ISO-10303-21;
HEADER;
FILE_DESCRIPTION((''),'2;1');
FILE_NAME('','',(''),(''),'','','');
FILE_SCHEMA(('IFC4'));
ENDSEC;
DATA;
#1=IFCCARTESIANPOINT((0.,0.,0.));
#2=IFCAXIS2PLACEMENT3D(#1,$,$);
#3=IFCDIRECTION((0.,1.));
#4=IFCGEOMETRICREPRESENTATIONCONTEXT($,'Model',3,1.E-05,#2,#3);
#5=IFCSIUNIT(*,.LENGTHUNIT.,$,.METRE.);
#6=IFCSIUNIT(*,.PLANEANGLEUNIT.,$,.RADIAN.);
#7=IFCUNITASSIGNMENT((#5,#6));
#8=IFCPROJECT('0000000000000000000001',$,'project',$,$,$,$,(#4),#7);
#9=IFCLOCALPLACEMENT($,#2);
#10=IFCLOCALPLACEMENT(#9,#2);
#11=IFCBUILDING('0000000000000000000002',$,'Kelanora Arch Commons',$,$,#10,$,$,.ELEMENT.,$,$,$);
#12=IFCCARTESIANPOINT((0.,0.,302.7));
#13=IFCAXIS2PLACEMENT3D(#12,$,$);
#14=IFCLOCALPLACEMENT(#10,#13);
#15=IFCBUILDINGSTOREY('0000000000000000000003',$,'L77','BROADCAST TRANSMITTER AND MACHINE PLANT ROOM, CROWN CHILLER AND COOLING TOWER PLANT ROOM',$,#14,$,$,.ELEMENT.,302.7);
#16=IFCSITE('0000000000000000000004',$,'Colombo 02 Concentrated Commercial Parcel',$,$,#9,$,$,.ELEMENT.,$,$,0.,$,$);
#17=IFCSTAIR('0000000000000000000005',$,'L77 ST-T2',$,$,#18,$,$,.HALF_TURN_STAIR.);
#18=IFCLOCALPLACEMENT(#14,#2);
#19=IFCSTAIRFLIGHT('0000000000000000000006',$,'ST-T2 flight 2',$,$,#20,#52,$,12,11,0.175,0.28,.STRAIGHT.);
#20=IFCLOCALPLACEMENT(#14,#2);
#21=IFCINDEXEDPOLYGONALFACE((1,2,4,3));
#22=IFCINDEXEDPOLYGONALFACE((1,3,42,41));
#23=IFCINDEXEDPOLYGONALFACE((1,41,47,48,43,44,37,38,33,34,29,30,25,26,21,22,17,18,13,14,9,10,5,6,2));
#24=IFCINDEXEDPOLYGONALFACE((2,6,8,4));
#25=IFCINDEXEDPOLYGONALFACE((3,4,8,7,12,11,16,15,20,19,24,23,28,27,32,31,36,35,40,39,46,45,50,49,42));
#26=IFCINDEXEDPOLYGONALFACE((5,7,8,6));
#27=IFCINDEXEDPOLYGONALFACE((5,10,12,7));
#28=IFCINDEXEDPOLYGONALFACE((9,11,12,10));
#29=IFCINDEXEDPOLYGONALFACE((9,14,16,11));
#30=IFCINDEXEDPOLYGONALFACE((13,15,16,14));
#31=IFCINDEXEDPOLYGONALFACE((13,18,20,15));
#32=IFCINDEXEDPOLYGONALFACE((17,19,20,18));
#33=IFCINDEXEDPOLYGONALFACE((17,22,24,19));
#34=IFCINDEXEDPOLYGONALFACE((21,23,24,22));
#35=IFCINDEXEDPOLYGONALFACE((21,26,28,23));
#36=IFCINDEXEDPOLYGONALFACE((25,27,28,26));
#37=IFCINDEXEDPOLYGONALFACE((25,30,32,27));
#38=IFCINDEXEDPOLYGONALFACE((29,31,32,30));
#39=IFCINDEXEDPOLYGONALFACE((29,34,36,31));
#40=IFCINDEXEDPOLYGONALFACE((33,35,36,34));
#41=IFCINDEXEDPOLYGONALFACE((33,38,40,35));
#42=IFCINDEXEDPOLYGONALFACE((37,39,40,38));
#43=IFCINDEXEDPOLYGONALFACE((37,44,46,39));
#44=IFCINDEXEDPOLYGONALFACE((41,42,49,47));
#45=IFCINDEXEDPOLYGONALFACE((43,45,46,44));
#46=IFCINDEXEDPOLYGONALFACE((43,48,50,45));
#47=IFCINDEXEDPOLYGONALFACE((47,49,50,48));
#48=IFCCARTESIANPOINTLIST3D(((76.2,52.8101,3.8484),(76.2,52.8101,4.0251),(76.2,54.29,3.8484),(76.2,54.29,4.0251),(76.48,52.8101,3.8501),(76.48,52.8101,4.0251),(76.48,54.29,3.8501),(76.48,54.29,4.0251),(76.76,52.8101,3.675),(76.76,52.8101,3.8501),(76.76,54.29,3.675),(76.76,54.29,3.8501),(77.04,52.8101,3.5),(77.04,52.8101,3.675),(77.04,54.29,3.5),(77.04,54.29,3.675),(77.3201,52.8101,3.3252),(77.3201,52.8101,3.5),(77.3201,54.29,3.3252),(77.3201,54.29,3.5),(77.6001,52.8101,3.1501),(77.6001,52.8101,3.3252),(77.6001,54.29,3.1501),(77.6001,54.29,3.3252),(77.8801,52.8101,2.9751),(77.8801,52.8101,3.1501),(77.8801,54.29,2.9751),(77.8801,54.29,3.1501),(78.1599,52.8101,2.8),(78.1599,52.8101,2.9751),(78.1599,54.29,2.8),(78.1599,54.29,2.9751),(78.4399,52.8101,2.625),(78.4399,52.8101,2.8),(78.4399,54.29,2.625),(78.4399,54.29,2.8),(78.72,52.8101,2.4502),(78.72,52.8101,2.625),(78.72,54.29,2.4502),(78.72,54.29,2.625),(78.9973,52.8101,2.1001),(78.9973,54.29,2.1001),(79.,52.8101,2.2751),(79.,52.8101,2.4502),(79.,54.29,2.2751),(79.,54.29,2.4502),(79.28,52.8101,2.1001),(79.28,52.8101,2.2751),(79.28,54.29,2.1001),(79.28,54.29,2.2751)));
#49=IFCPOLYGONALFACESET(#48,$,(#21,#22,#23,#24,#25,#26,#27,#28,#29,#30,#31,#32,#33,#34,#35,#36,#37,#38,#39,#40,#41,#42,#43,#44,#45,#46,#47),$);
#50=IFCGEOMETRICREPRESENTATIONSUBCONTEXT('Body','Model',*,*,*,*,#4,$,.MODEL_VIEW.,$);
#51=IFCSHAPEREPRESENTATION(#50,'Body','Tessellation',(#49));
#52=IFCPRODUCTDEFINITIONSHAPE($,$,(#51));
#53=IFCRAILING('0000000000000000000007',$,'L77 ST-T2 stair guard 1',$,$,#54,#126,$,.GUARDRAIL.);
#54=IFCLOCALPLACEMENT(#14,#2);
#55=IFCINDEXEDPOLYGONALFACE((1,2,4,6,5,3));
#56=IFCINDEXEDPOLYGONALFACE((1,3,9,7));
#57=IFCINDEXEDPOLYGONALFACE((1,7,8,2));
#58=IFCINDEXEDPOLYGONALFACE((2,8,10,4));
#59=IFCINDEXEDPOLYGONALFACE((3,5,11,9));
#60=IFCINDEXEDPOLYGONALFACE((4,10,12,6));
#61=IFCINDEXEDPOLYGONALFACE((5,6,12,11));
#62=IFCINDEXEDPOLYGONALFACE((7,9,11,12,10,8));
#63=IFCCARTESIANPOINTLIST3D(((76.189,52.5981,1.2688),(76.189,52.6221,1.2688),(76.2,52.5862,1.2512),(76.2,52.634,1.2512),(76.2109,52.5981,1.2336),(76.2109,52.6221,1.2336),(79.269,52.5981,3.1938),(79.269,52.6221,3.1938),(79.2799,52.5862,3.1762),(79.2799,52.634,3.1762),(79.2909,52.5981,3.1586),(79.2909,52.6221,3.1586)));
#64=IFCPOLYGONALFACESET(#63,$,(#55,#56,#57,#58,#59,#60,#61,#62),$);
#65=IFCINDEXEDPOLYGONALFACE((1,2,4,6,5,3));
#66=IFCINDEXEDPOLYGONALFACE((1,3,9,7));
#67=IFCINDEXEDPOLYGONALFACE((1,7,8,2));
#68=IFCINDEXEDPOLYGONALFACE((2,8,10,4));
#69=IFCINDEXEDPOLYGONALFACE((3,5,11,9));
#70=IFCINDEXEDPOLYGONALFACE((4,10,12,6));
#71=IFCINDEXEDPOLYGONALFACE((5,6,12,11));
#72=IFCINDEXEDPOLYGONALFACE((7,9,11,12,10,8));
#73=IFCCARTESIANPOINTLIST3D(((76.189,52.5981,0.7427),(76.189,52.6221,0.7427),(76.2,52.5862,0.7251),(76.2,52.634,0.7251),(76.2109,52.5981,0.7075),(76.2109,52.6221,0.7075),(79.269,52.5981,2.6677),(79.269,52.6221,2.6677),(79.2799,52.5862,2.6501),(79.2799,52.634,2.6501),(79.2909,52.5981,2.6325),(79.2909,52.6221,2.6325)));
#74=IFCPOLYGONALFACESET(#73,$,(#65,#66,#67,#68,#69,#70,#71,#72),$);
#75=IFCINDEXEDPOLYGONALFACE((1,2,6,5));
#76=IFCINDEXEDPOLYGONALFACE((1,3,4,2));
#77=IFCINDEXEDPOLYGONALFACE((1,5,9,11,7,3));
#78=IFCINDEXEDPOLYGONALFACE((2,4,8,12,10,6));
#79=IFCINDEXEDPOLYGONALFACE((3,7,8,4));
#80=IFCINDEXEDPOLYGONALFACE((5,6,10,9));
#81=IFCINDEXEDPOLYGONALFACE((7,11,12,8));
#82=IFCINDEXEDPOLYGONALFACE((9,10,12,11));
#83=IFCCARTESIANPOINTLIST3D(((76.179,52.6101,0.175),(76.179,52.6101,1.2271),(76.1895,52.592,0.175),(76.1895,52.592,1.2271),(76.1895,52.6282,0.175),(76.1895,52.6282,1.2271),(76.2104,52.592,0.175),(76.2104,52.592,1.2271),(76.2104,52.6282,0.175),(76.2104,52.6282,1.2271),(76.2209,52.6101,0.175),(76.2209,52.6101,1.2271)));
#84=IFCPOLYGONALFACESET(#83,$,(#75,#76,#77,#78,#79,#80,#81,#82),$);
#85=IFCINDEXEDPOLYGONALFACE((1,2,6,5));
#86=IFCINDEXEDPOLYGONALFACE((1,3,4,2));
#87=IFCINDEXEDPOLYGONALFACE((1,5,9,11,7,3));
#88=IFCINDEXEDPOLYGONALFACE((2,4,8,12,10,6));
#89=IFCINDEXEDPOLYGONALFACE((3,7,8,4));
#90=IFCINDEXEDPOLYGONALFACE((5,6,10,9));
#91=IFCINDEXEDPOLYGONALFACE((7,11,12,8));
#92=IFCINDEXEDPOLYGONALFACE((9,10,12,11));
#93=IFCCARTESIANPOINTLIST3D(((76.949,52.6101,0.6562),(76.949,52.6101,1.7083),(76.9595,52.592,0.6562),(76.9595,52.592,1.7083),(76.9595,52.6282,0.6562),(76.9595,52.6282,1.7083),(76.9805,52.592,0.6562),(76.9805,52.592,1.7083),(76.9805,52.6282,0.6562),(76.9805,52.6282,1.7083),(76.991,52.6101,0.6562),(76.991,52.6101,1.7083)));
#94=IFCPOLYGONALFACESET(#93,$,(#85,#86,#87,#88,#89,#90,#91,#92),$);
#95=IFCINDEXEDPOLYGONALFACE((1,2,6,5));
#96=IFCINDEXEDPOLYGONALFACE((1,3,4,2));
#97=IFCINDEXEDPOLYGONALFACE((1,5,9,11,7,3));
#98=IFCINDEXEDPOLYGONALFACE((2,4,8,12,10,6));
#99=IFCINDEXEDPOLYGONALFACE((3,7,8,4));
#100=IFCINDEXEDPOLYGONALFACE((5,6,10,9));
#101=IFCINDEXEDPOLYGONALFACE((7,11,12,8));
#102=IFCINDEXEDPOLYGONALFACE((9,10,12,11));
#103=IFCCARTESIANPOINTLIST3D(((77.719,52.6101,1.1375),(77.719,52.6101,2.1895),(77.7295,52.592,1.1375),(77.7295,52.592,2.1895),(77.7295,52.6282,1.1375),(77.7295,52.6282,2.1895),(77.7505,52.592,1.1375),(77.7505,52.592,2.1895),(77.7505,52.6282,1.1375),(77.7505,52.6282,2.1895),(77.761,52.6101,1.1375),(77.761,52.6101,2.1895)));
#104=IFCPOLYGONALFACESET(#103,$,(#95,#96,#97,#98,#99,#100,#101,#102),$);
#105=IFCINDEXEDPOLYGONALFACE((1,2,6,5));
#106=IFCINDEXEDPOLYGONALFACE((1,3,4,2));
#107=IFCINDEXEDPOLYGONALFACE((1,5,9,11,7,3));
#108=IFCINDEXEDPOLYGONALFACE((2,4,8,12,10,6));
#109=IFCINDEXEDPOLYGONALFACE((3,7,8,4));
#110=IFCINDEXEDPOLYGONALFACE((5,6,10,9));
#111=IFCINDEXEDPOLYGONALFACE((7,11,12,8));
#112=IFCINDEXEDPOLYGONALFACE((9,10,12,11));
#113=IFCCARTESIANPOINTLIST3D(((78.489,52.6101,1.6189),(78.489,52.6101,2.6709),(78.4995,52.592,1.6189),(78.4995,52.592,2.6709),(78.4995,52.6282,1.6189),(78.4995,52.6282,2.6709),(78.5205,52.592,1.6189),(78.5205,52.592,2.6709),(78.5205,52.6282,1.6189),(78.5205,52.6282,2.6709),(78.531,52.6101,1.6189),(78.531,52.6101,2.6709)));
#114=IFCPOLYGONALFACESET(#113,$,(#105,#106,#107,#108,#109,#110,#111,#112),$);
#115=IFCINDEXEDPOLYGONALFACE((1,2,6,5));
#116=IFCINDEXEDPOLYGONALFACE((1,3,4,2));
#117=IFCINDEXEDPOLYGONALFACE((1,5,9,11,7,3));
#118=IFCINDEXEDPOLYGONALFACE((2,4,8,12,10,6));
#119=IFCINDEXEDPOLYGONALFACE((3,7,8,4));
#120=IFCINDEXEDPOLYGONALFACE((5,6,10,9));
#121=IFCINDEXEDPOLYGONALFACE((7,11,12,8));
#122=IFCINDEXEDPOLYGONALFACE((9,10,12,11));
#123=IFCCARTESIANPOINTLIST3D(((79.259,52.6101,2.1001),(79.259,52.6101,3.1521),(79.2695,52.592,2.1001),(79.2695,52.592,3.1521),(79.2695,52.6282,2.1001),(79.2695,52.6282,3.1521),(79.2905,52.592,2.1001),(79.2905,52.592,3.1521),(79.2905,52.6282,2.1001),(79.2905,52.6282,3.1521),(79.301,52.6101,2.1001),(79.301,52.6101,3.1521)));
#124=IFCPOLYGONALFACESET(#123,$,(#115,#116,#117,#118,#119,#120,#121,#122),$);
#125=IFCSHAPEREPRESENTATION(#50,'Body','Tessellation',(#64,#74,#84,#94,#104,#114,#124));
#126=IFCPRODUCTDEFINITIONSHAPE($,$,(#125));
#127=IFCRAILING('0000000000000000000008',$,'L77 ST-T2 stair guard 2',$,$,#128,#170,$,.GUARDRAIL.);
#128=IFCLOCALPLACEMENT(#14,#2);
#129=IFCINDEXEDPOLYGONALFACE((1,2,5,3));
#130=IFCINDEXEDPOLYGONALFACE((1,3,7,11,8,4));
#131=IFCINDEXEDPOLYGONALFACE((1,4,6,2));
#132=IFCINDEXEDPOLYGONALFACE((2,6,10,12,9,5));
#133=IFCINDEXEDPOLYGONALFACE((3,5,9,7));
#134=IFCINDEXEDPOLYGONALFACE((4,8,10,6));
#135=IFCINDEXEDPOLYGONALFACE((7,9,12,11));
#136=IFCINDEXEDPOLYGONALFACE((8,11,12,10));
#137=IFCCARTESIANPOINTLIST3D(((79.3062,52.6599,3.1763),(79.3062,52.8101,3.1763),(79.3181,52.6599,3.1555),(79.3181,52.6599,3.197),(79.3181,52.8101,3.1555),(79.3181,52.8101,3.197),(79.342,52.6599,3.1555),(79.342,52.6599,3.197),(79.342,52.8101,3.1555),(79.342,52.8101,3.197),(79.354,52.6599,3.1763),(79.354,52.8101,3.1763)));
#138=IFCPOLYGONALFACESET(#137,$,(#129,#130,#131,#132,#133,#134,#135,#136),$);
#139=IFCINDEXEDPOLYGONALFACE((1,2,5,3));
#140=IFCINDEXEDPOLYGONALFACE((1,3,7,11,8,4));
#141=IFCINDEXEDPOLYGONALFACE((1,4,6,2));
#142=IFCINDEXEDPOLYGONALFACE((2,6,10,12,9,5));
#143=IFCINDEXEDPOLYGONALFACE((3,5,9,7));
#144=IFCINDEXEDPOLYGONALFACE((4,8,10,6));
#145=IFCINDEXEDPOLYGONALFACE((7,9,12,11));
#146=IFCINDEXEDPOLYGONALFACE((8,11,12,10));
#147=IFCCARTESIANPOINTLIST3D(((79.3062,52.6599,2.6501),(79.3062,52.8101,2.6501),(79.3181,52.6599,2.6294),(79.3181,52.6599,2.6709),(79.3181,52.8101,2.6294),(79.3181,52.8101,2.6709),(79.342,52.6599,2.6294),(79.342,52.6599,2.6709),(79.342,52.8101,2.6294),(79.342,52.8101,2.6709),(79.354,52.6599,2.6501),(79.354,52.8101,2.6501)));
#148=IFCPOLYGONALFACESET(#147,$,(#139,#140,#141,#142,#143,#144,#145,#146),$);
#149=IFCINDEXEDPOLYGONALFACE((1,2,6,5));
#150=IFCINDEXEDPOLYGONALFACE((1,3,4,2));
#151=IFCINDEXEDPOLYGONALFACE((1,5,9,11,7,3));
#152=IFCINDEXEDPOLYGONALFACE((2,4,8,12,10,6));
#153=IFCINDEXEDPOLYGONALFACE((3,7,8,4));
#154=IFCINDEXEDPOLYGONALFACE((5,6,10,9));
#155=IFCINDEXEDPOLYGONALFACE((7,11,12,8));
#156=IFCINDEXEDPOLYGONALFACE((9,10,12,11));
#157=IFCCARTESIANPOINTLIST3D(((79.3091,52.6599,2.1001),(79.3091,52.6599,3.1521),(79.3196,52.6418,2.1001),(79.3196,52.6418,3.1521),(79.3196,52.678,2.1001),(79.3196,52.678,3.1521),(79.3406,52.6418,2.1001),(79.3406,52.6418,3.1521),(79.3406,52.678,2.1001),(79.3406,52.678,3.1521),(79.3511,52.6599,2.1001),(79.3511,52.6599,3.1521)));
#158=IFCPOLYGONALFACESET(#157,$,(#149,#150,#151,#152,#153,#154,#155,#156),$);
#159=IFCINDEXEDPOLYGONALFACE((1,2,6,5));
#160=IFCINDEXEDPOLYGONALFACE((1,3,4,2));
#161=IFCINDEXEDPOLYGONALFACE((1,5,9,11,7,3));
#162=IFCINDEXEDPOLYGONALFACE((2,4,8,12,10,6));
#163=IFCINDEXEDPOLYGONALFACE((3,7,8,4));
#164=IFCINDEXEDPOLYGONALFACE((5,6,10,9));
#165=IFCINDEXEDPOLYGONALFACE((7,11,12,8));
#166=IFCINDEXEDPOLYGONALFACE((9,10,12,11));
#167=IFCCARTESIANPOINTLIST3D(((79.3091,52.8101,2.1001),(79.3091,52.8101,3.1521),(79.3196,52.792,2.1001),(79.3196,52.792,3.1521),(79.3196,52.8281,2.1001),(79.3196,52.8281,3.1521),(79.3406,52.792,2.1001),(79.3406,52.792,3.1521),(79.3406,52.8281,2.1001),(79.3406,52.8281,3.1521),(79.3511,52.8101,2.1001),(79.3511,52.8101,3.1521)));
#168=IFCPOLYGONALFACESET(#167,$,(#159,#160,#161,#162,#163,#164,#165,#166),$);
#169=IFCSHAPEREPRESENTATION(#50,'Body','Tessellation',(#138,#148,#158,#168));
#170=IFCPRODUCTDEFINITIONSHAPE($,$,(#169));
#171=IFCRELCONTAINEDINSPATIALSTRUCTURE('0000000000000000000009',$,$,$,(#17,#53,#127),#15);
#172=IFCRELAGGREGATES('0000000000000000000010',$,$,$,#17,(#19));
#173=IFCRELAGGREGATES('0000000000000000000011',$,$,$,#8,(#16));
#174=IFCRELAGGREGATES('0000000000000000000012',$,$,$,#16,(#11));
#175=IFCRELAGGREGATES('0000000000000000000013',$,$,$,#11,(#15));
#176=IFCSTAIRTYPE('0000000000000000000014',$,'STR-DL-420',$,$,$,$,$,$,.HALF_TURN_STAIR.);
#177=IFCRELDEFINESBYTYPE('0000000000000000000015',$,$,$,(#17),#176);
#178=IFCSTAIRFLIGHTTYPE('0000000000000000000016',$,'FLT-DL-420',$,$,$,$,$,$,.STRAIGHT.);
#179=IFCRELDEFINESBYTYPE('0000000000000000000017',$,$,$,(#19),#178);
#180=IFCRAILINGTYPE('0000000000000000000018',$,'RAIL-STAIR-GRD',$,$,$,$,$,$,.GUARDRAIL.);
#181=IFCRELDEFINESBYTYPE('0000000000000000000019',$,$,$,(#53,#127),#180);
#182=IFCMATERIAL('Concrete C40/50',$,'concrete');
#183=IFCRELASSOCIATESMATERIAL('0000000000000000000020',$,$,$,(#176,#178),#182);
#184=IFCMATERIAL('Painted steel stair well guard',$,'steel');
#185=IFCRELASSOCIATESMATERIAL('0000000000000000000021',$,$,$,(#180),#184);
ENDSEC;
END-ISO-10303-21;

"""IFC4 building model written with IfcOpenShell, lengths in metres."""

from ifc_helpers import new_model, si_unit, direction, frame, origin, place, context, subcontext, project, spatial, polyline, outline, extrude, material, type_object, element, aggregate, save


model = new_model("IFC4")

# Units and contexts
model_context = context("Model", 3, precision=1e-05, world=origin(), true_north=direction((0.0, 1.0)))
body_context = subcontext(model_context, "Body", "Model", "MODEL_VIEW")
ifc_project = project(units=[si_unit("LENGTHUNIT", "METRE"), si_unit("PLANEANGLEUNIT", "RADIAN")], contexts=[model_context])

# Site, building, storey
site_placement = place(None, origin())
site = spatial("IfcSite", under=ifc_project, at=site_placement, Name="Colombo 02 Concentrated Commercial Parcel", CompositionType="ELEMENT", RefElevation=0.0)
building_placement = place(site_placement, origin())
building = spatial("IfcBuilding", under=site, at=building_placement, Name="Kelanora Arch Commons", CompositionType="ELEMENT")
storey_placement = place(building_placement, frame((0.0, 0.0, 302.7)))
storey = spatial("IfcBuildingStorey", under=building, at=storey_placement, Name="L77", Description="BROADCAST TRANSMITTER AND MACHINE PLANT ROOM, CROWN CHILLER AND COOLING TOWER PLANT ROOM", CompositionType="ELEMENT", Elevation=302.7)

# Shared definitions
ifc_material_1 = material(Name="Concrete C40/50", Category="concrete")

# Stair, stair flight
stair_type = type_object("IfcStairType", Name="STR-DL-420", PredefinedType="HALF_TURN_STAIR", material=ifc_material_1)
stair_placement = place(storey_placement, origin())
stair = element("IfcStair", 1, at=stair_placement, inside=storey, type_object=stair_type, Name="L77 ST-T2", PredefinedType="HALF_TURN_STAIR")
stair_flight_type = type_object("IfcStairFlightType", Name="FLT-DL-420", PredefinedType="STRAIGHT", material=ifc_material_1)
stair_flight_1_placement = place(storey_placement, frame((79.28, 53.55, 2.1001), z_axis=(0.0, 0.0, 1.0), x_axis=(-1.0, 0.0, 0.0)))
stair_flight_1 = element("IfcStairFlight", 2, at=stair_flight_1_placement, type_object=stair_flight_type, Name="ST-T2 flight 2", NumberOfRisers=12, NumberOfTreads=11, PredefinedType="STRAIGHT", RiserHeight=0.175, TreadLength=0.28, context=body_context, shape_type="SweptSolid", body=[
    extrude(outline(polyline([(0.0, 0.0), (0.0, 0.175), (0.28, 0.175), (0.28, 0.3501), (0.5601, 0.3501), (0.5601, 0.5249), (0.8401, 0.5249), (0.8401, 0.7), (1.1201, 0.7), (1.1201, 0.875), (1.3999, 0.875), (1.3999, 1.05), (1.6799, 1.05), (1.6799, 1.2251), (1.96, 1.2251), (1.96, 1.3999), (2.24, 1.3999), (2.24, 1.575), (2.52, 1.575), (2.52, 1.75), (2.8, 1.75), (2.8, 1.925), (3.0801, 1.925), (3.0801, 2.1001), (3.0801, 1.7483), (0.2827, 0.0), (0.0, 0.0)])), frame((0.0, 0.74, 0.0), z_axis=(0.0, -1.0, 0.0), x_axis=(1.0, 0.0, 0.0)), (0.0, 0.0, 1.0), 1.48),
])
aggregate(stair, [stair_flight_1])

# Railings
ifc_material_2 = material(Name="Painted steel stair well guard", Category="steel")
railing_type_1 = type_object("IfcRailingType", Name="RAIL-STAIR-GRD", PredefinedType="GUARDRAIL", material=ifc_material_2)
railing_1_placement = place(storey_placement, frame((76.2, 52.6101, 0.175)))
element("IfcRailing", 3, at=railing_1_placement, inside=storey, type_object=railing_type_1, Name="L77 ST-T2 stair guard 1", PredefinedType="GUARDRAIL", context=body_context, shape_type="SweptSolid", body=[
    extrude(outline(polyline([(0.0239, 0.0), (0.012, 0.0208), (-0.012, 0.0208), (-0.0239, 0.0), (-0.012, -0.0208), (0.012, -0.0208), (0.0239, 0.0)])), frame((0.0, 0.0, 1.0762), z_axis=(0.847998, 0.0, 0.529999), x_axis=(0.0, 1.0, 0.0)), (0.0, 0.0, 1.0), 3.6321),
    extrude(outline(polyline([(0.0239, 0.0), (0.012, 0.0208), (-0.012, 0.0208), (-0.0239, 0.0), (-0.012, -0.0208), (0.012, -0.0208), (0.0239, 0.0)])), frame((0.0, 0.0, 0.55), z_axis=(0.847998, 0.0, 0.529999), x_axis=(0.0, 1.0, 0.0)), (0.0, 0.0, 1.0), 3.6321),
    extrude(outline(polyline([(0.021, 0.0), (0.0105, 0.0181), (-0.0105, 0.0181), (-0.021, 0.0), (-0.0105, -0.0181), (0.0105, -0.0181), (0.021, 0.0)])), origin(), (0.0, 0.0, 1.0), 1.052),
    extrude(outline(polyline([(0.021, 0.0), (0.0105, 0.0181), (-0.0105, 0.0181), (-0.021, 0.0), (-0.0105, -0.0181), (0.0105, -0.0181), (0.021, 0.0)])), frame((0.77, 0.0, 0.4812)), (0.0, 0.0, 1.0), 1.052),
    extrude(outline(polyline([(0.021, 0.0), (0.0105, 0.0181), (-0.0105, 0.0181), (-0.021, 0.0), (-0.0105, -0.0181), (0.0105, -0.0181), (0.021, 0.0)])), frame((1.54, 0.0, 0.9624)), (0.0, 0.0, 1.0), 1.052),
    extrude(outline(polyline([(0.021, 0.0), (0.0105, 0.0181), (-0.0105, 0.0181), (-0.021, 0.0), (-0.0105, -0.0181), (0.0105, -0.0181), (0.021, 0.0)])), frame((2.3101, 0.0, 1.4438)), (0.0, 0.0, 1.0), 1.052),
    extrude(outline(polyline([(0.021, 0.0), (0.0105, 0.0181), (-0.0105, 0.0181), (-0.021, 0.0), (-0.0105, -0.0181), (0.0105, -0.0181), (0.021, 0.0)])), frame((3.0801, 0.0, 1.925)), (0.0, 0.0, 1.0), 1.052),
])
railing_2_placement = place(storey_placement, frame((79.3301, 52.6599, 2.1001)))
element("IfcRailing", 4, at=railing_2_placement, inside=storey, type_object=railing_type_1, Name="L77 ST-T2 stair guard 2", PredefinedType="GUARDRAIL", context=body_context, shape_type="SweptSolid", body=[
    extrude(outline(polyline([(0.0239, 0.0), (0.012, 0.0208), (-0.012, 0.0208), (-0.0239, 0.0), (-0.012, -0.0208), (0.012, -0.0208), (0.0239, 0.0)])), frame((0.0, 0.0, 1.0762), z_axis=(0.0, 1.0, 0.0), x_axis=(-1.0, 0.0, 0.0)), (0.0, 0.0, 1.0), 0.1501),
    extrude(outline(polyline([(0.0239, 0.0), (0.012, 0.0208), (-0.012, 0.0208), (-0.0239, 0.0), (-0.012, -0.0208), (0.012, -0.0208), (0.0239, 0.0)])), frame((0.0, 0.0, 0.55), z_axis=(0.0, 1.0, 0.0), x_axis=(-1.0, 0.0, 0.0)), (0.0, 0.0, 1.0), 0.1501),
    extrude(outline(polyline([(0.021, 0.0), (0.0105, 0.0181), (-0.0105, 0.0181), (-0.021, 0.0), (-0.0105, -0.0181), (0.0105, -0.0181), (0.021, 0.0)])), origin(), (0.0, 0.0, 1.0), 1.052),
    extrude(outline(polyline([(0.021, 0.0), (0.0105, 0.0181), (-0.0105, 0.0181), (-0.021, 0.0), (-0.0105, -0.0181), (0.0105, -0.0181), (0.021, 0.0)])), frame((0.0, 0.1501, 0.0)), (0.0, 0.0, 1.0), 1.052),
])

save(model, "model.ifc")
